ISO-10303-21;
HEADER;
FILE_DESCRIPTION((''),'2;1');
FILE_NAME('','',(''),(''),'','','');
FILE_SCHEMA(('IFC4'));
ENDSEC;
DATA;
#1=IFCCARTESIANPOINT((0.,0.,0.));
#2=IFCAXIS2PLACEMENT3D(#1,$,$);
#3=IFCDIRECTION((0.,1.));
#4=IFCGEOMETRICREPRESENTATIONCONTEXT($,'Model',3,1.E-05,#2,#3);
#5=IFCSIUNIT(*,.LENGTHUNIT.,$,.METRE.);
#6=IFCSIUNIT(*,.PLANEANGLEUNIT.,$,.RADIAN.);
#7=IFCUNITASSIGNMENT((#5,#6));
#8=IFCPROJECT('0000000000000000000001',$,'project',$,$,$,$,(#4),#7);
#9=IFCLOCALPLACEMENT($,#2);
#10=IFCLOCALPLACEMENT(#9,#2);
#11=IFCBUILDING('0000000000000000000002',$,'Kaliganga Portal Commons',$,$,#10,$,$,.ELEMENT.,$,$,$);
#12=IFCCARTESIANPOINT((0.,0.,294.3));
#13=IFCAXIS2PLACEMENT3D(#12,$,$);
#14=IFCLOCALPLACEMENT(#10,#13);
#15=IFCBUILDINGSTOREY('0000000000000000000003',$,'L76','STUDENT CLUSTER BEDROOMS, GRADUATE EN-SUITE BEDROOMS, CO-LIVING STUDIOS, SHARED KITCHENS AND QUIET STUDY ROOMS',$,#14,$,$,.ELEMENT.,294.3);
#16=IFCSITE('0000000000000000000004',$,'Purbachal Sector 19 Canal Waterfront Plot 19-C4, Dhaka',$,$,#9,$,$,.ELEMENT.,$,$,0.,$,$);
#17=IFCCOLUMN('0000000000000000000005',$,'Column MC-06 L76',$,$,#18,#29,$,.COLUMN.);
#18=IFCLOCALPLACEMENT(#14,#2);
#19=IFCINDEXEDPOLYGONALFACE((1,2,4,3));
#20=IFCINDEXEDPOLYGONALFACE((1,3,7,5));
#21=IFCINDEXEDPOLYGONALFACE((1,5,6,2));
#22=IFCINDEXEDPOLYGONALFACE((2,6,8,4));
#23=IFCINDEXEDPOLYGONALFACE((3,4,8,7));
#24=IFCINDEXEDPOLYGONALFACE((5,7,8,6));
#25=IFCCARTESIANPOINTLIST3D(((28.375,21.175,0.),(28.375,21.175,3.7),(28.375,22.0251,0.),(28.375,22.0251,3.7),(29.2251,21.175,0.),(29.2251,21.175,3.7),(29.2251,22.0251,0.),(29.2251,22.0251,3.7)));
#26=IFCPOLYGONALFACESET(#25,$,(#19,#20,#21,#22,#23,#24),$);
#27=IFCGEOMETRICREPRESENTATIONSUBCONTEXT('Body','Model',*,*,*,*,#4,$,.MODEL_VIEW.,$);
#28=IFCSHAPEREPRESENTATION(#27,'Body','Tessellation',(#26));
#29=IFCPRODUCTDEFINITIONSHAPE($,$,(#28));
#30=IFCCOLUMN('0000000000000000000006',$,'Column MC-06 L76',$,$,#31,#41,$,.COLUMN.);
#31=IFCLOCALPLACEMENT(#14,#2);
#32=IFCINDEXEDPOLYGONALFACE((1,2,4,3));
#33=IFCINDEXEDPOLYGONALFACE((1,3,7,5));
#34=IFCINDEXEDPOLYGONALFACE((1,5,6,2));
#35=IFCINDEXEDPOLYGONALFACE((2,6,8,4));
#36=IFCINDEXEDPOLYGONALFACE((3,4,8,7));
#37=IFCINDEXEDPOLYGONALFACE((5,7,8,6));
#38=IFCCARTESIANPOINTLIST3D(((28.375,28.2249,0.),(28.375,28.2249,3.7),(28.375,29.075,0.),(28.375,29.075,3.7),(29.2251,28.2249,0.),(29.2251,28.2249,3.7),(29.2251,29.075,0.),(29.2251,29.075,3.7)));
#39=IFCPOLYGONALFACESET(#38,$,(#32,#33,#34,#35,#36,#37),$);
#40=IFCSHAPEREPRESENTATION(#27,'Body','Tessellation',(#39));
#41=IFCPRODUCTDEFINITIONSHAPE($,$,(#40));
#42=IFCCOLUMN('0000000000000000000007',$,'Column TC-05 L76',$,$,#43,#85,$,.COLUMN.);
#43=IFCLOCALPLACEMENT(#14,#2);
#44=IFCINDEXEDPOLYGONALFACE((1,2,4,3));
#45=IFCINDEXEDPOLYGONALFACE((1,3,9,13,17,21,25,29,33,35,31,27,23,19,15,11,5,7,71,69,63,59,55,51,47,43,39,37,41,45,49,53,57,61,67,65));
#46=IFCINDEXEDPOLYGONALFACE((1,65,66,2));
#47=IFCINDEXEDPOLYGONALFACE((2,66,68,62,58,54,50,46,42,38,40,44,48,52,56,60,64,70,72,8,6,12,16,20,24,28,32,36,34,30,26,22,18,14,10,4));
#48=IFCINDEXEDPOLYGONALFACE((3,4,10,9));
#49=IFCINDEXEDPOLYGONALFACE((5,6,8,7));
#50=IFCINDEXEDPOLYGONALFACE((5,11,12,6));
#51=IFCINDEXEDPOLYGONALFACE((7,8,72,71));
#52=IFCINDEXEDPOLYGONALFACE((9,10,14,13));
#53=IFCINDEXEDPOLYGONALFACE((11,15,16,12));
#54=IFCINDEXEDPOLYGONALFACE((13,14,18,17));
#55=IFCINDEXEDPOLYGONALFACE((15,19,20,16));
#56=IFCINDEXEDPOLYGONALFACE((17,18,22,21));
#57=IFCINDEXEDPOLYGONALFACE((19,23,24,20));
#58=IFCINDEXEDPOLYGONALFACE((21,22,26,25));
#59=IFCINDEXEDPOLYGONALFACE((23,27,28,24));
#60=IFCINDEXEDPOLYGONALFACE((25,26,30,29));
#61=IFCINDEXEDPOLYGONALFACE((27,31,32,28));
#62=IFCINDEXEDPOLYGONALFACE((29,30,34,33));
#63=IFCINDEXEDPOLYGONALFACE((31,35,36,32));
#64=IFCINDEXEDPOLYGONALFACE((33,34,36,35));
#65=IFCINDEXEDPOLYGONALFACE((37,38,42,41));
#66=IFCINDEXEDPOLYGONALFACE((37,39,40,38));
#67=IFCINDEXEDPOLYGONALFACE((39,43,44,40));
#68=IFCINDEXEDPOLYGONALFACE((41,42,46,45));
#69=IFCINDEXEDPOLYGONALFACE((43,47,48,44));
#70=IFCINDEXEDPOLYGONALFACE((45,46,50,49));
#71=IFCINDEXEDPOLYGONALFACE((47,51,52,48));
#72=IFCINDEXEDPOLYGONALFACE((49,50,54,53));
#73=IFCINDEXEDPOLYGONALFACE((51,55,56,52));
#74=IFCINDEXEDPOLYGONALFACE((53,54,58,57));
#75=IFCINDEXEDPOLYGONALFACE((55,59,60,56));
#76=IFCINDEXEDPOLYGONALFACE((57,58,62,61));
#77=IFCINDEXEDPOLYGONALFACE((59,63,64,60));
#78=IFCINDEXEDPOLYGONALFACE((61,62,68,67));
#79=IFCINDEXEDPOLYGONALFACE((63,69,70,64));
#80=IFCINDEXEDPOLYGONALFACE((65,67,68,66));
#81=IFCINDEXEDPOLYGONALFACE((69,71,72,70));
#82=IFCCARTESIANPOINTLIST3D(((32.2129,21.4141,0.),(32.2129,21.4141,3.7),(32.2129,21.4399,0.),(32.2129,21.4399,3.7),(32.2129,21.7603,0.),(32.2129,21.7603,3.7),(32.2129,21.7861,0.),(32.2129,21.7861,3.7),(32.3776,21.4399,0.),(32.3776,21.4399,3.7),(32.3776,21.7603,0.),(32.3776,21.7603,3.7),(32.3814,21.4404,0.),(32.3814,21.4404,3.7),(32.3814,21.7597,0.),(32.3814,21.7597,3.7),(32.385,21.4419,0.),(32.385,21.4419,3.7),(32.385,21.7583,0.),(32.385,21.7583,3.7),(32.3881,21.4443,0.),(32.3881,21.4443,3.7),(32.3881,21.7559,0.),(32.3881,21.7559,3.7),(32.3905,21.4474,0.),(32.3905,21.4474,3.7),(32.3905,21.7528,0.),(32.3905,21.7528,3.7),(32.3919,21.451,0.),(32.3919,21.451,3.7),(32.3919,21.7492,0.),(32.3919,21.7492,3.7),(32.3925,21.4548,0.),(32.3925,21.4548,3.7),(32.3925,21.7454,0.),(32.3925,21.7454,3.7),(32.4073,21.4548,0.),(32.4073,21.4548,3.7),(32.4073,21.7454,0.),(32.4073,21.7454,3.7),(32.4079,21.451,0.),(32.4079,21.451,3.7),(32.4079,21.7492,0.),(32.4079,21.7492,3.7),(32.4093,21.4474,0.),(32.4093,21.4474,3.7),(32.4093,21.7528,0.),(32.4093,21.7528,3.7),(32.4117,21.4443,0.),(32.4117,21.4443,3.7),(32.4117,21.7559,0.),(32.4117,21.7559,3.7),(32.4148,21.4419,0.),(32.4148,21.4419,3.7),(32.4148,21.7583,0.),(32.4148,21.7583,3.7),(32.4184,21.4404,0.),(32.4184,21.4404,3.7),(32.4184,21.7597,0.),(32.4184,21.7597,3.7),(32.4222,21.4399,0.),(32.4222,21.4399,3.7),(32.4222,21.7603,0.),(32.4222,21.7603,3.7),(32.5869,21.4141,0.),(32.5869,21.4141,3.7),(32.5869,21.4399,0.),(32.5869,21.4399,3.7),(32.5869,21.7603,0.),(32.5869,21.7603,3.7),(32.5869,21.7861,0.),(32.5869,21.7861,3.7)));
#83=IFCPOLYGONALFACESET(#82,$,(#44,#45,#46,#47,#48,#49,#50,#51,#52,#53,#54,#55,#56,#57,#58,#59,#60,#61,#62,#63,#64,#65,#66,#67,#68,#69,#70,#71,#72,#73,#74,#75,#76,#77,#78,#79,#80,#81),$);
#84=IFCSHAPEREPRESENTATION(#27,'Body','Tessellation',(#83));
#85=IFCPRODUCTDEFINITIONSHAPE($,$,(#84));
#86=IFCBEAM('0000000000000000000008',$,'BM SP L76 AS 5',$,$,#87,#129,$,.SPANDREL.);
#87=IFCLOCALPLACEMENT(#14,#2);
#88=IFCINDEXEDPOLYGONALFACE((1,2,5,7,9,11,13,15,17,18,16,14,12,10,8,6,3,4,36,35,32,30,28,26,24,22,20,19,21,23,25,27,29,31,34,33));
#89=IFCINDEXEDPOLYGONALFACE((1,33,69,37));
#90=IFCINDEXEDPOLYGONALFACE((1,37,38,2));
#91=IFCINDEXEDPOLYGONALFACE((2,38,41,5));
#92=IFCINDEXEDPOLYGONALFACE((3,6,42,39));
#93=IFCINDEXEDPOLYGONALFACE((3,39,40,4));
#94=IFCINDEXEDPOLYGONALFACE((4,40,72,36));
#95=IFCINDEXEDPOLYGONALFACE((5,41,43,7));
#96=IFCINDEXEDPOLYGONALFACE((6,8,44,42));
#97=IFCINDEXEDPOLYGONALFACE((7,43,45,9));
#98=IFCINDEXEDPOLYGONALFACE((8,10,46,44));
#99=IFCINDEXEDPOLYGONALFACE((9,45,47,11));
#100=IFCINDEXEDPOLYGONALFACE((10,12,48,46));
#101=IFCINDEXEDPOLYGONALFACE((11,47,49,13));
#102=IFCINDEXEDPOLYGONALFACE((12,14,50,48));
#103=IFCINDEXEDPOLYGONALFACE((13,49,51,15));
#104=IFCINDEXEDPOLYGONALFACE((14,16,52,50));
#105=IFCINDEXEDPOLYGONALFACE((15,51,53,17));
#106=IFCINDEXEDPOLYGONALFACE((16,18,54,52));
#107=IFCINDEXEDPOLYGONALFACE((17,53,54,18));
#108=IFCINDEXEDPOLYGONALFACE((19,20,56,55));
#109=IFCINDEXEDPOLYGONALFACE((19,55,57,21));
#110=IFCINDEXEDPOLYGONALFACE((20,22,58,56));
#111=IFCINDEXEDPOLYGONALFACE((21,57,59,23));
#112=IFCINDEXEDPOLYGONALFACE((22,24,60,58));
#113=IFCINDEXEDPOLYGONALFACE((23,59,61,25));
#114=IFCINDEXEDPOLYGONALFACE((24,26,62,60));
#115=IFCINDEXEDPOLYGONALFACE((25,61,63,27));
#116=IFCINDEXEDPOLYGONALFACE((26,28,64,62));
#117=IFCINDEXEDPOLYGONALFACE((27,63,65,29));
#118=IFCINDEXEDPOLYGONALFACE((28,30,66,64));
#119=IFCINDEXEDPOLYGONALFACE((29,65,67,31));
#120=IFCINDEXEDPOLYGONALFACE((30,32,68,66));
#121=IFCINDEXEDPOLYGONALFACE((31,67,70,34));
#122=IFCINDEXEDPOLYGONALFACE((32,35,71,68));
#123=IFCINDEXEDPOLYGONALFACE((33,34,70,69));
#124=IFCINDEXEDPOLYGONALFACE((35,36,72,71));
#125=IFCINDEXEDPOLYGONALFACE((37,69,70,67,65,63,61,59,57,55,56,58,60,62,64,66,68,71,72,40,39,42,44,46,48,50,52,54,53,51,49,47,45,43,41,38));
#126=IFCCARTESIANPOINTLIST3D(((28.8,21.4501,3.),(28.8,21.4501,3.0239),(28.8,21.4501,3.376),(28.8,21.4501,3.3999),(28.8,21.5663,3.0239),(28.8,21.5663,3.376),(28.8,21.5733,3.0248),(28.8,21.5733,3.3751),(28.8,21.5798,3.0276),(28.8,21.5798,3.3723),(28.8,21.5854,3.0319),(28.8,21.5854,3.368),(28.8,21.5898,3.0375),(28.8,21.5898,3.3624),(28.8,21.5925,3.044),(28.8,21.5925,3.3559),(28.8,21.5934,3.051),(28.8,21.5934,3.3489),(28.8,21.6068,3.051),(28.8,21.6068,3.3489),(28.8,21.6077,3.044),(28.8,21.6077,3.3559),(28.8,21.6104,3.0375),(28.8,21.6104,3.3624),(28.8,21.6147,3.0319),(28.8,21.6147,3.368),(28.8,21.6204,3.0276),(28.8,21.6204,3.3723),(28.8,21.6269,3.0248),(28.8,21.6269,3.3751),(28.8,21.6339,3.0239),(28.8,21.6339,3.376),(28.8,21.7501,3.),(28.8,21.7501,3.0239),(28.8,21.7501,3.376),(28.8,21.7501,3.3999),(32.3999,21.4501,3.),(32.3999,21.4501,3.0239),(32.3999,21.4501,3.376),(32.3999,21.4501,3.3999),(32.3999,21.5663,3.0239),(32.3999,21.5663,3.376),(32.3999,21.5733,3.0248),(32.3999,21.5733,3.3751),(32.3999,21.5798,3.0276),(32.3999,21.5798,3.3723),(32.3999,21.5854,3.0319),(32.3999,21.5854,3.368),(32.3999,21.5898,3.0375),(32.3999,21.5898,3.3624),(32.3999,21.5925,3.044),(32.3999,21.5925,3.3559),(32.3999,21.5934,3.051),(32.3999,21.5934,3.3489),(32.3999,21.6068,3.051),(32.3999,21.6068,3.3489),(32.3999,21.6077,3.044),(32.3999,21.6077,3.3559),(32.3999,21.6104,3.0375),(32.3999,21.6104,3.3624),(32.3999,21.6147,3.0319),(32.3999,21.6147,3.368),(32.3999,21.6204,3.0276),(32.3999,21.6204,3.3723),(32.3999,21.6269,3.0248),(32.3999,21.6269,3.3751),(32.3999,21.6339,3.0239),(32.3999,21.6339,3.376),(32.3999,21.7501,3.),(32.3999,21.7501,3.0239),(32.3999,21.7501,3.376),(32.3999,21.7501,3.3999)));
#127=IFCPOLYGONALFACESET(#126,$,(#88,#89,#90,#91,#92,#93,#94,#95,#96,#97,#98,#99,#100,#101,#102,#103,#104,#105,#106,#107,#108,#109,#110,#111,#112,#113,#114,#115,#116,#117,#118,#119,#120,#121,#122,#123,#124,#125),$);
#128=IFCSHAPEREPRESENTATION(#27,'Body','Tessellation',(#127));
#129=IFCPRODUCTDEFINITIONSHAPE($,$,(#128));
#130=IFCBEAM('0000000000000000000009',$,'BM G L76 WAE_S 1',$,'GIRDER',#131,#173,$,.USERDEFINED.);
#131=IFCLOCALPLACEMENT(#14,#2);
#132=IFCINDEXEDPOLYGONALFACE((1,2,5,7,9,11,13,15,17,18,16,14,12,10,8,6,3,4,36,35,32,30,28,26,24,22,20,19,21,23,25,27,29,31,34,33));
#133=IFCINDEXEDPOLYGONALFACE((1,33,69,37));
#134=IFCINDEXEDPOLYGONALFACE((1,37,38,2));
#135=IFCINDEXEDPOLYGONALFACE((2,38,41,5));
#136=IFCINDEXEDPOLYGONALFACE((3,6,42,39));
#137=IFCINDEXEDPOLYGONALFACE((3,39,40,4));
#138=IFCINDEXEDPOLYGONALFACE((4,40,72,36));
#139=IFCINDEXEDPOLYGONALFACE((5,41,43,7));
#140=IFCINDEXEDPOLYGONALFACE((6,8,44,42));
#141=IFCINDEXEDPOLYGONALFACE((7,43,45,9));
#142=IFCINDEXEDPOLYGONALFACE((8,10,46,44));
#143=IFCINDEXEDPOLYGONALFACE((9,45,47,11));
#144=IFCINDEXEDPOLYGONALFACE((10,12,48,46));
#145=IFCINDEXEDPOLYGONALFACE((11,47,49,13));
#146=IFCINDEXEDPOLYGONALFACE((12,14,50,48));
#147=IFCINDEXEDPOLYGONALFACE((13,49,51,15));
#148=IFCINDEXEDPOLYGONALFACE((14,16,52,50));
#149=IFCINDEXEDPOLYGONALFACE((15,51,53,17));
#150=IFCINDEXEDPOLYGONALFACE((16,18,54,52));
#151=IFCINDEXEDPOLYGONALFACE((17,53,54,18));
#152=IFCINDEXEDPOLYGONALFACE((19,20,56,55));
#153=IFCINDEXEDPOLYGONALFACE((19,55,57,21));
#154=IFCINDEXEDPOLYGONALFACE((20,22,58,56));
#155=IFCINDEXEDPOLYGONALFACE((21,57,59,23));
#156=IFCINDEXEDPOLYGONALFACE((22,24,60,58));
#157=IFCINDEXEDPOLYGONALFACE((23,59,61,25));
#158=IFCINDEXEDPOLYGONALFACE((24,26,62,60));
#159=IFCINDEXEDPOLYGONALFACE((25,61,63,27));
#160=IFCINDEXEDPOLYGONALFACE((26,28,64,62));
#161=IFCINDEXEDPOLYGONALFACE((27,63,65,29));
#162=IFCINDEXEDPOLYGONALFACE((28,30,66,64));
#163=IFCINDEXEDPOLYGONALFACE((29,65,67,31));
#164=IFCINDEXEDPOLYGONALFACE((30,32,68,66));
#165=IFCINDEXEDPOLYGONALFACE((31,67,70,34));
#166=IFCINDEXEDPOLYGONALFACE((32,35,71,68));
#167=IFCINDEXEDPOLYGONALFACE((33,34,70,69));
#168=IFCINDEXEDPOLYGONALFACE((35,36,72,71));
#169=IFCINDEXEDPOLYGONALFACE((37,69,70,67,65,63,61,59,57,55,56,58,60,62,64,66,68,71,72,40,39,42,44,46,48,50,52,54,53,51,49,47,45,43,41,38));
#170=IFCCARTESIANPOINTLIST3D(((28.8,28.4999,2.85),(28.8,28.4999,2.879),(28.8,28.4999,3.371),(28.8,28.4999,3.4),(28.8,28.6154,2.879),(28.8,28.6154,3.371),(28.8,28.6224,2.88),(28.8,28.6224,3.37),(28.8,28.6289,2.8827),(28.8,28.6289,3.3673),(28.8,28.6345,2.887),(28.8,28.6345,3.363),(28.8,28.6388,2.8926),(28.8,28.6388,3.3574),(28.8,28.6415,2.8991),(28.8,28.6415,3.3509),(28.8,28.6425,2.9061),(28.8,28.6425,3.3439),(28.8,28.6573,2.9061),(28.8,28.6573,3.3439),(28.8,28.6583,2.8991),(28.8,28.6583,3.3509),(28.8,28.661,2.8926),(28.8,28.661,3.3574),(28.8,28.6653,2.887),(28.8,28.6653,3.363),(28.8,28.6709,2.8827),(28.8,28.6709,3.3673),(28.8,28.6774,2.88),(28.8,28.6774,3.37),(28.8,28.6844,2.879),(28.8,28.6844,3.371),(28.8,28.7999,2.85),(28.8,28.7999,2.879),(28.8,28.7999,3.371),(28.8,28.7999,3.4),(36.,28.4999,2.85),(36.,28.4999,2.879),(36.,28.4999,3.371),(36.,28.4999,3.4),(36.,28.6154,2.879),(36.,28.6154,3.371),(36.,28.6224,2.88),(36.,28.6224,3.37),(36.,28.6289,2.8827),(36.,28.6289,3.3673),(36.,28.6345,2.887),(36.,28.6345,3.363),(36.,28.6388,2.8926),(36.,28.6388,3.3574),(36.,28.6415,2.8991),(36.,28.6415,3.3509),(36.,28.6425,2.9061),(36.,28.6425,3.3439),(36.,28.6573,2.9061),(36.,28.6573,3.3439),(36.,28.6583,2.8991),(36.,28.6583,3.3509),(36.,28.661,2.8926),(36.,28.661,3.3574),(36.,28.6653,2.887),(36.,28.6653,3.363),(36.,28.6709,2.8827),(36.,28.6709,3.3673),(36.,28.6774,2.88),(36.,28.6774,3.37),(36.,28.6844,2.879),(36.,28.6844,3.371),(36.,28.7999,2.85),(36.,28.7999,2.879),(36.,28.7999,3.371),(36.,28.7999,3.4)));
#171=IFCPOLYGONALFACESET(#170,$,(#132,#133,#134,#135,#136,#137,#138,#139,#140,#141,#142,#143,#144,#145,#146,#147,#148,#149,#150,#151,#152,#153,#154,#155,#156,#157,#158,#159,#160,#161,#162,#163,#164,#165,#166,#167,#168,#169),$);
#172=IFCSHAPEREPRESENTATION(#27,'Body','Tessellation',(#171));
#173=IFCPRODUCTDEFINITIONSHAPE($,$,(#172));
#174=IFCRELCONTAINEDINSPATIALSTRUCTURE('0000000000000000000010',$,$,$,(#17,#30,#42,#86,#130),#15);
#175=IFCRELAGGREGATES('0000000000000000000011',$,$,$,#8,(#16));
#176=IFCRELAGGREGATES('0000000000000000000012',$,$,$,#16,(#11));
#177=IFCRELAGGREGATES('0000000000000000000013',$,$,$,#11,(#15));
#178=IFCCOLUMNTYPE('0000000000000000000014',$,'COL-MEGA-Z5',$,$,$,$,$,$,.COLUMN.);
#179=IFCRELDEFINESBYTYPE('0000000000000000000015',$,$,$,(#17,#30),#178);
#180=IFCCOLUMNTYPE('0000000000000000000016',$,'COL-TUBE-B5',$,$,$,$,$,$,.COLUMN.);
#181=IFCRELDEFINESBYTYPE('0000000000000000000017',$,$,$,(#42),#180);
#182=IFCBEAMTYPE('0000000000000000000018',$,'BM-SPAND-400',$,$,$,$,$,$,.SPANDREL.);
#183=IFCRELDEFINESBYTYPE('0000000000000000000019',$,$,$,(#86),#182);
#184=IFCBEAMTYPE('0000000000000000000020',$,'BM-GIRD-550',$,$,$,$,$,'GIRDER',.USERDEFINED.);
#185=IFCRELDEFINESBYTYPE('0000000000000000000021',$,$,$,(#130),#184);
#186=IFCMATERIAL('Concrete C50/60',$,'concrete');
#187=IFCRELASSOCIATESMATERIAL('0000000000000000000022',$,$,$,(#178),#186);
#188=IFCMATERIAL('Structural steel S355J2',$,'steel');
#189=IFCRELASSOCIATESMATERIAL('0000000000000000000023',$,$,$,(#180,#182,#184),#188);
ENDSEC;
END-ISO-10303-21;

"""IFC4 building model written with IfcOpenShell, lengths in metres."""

from ifc_helpers import new_model, si_unit, direction, frame, origin, origin_2d, place, context, subcontext, project, spatial, rectangle, i_section, extrude, source, transform, mapped, material, material_profile, profile_set, type_object, element, save


model = new_model("IFC4")

# Units and contexts
model_context = context("Model", 3, precision=1e-05, world=origin(), true_north=direction((0.0, 1.0)))
body_context = subcontext(model_context, "Body", "Model", "MODEL_VIEW")
ifc_project = project(units=[si_unit("LENGTHUNIT", "METRE"), si_unit("PLANEANGLEUNIT", "RADIAN")], contexts=[model_context])

# Site, building, storey
site_placement = place(None, origin())
site = spatial("IfcSite", under=ifc_project, at=site_placement, Name="Purbachal Sector 19 Canal Waterfront Plot 19-C4, Dhaka", CompositionType="ELEMENT", RefElevation=0.0)
building_placement = place(site_placement, origin())
building = spatial("IfcBuilding", under=site, at=building_placement, Name="Kaliganga Portal Commons", CompositionType="ELEMENT")
storey_placement = place(building_placement, frame((0.0, 0.0, 294.3)))
storey = spatial("IfcBuildingStorey", under=building, at=storey_placement, Name="L76", Description="STUDENT CLUSTER BEDROOMS, GRADUATE EN-SUITE BEDROOMS, CO-LIVING STUDIOS, SHARED KITCHENS AND QUIET STUDY ROOMS", CompositionType="ELEMENT", Elevation=294.3)

# Columns
ifc_material_1 = material(Name="Concrete C50/60", Category="concrete")
ifc_material_profile_1 = material_profile(ifc_material_1, rectangle(XDim=0.8501, YDim=0.8501, at=origin_2d()), Name="RC 850x850")
ifc_profile_set_1 = profile_set([ifc_material_profile_1], Name="Concrete C50/60")
column_type_1 = type_object("IfcColumnType", Name="COL-MEGA-Z5", PredefinedType="COLUMN", material=ifc_profile_set_1)
shared_shape_1 = source(origin(), body_context, "Body", "SweptSolid", [
    extrude(rectangle(XDim=0.8501, YDim=0.8501, at=origin_2d()), origin(), (0.0, 0.0, 1.0), 3.7),
])
for number, where, z_axis, x_axis, name in (
    (1, (28.8, 21.6001, 0.0), (0.0, 0.0, 1.0), (1.0, 0.0, 0.0), "Column MC-06 L76"),
    (2, (28.8, 28.6499, 0.0), (0.0, 0.0, 1.0), (1.0, 0.0, 0.0), "Column MC-06 L76"),
):
    element("IfcColumn", number, at=place(storey_placement, frame(where, z_axis=z_axis, x_axis=x_axis)), inside=storey, type_object=column_type_1, Name=name, PredefinedType="COLUMN", context=body_context, shape_type="MappedRepresentation", body=[
        mapped(shared_shape_1, transform((0.0, 0.0, 0.0), x_axis=(1.0, 0.0, 0.0), y_axis=(0.0, 1.0, 0.0), z_axis=(0.0, 0.0, 1.0), scale=1.0)),
    ])
ifc_material_2 = material(Name="Structural steel S355J2", Category="steel")
ifc_material_profile_2 = material_profile(ifc_material_2, i_section(OverallWidth=0.374, OverallDepth=0.3721, WebThickness=0.0149, FlangeThickness=0.0259, FilletRadius=0.0149, at=origin_2d()), Name="HD 360x196")
ifc_profile_set_2 = profile_set([ifc_material_profile_2], Name="Structural steel S355J2 wide-flange")
column_type_2 = type_object("IfcColumnType", Name="COL-TUBE-B5", PredefinedType="COLUMN", material=ifc_profile_set_2)
shared_shape_2 = source(origin(), body_context, "Body", "SweptSolid", [
    extrude(i_section(OverallWidth=0.374, OverallDepth=0.3721, WebThickness=0.0149, FlangeThickness=0.0259, FilletRadius=0.0149, at=origin_2d()), origin(), (0.0, 0.0, 1.0), 3.7),
])
column_placement = place(storey_placement, frame((32.3999, 21.6001, 0.0), z_axis=(0.0, 0.0, 1.0), x_axis=(1.0, 0.0, 0.0)))
element("IfcColumn", 3, at=column_placement, inside=storey, type_object=column_type_2, Name="Column TC-05 L76", PredefinedType="COLUMN", context=body_context, shape_type="MappedRepresentation", body=[
    mapped(shared_shape_2, transform((0.0, 0.0, 0.0), x_axis=(1.0, 0.0, 0.0), y_axis=(0.0, 1.0, 0.0), z_axis=(0.0, 0.0, 1.0), scale=1.0)),
])

# Beams
ifc_material_profile_3 = material_profile(ifc_material_2, i_section(OverallWidth=0.3, OverallDepth=0.3999, WebThickness=0.0134, FlangeThickness=0.0239, FilletRadius=0.0271, at=origin_2d()), Name="HE 400 B")
ifc_profile_set_3 = profile_set([ifc_material_profile_3], Name="Structural steel S355J2 wide-flange")
beam_type_1 = type_object("IfcBeamType", Name="BM-SPAND-400", PredefinedType="SPANDREL", material=ifc_profile_set_3)
shared_shape_3 = source(origin(), body_context, "Body", "SweptSolid", [
    extrude(i_section(OverallWidth=0.3, OverallDepth=0.3999, WebThickness=0.0134, FlangeThickness=0.0239, FilletRadius=0.0271, at=origin_2d()), origin(), (0.0, 0.0, 1.0), 3.5999),
])
beam_1_placement = place(storey_placement, frame((28.8, 21.6001, 3.2), z_axis=(1.0, 0.0, 0.0), x_axis=(0.0, 1.0, 0.0)))
element("IfcBeam", 4, at=beam_1_placement, inside=storey, type_object=beam_type_1, Name="BM SP L76 AS 5", PredefinedType="SPANDREL", context=body_context, shape_type="MappedRepresentation", body=[
    mapped(shared_shape_3, transform((0.0, 0.0, 0.0), x_axis=(1.0, 0.0, 0.0), y_axis=(0.0, 1.0, 0.0), z_axis=(0.0, 0.0, 1.0), scale=1.0)),
])
ifc_material_profile_4 = material_profile(ifc_material_2, i_section(OverallWidth=0.3, OverallDepth=0.55, WebThickness=0.0149, FlangeThickness=0.0291, FilletRadius=0.0271, at=origin_2d()), Name="HE 550 B")
ifc_profile_set_4 = profile_set([ifc_material_profile_4], Name="Structural steel S355J2 wide-flange")
beam_type_2 = type_object("IfcBeamType", Name="BM-GIRD-550", ElementType="GIRDER", PredefinedType="USERDEFINED", material=ifc_profile_set_4)
shared_shape_4 = source(origin(), body_context, "Body", "SweptSolid", [
    extrude(i_section(OverallWidth=0.3, OverallDepth=0.55, WebThickness=0.0149, FlangeThickness=0.0291, FilletRadius=0.0271, at=origin_2d()), origin(), (0.0, 0.0, 1.0), 7.2),
])
beam_2_placement = place(storey_placement, frame((28.8, 28.6499, 3.125), z_axis=(1.0, 0.0, 0.0), x_axis=(0.0, 1.0, 0.0)))
element("IfcBeam", 5, at=beam_2_placement, inside=storey, type_object=beam_type_2, Name="BM G L76 WAE_S 1", ObjectType="GIRDER", PredefinedType="USERDEFINED", context=body_context, shape_type="MappedRepresentation", body=[
    mapped(shared_shape_4, transform((0.0, 0.0, 0.0), x_axis=(1.0, 0.0, 0.0), y_axis=(0.0, 1.0, 0.0), z_axis=(0.0, 0.0, 1.0), scale=1.0)),
])

save(model, "model.ifc")
